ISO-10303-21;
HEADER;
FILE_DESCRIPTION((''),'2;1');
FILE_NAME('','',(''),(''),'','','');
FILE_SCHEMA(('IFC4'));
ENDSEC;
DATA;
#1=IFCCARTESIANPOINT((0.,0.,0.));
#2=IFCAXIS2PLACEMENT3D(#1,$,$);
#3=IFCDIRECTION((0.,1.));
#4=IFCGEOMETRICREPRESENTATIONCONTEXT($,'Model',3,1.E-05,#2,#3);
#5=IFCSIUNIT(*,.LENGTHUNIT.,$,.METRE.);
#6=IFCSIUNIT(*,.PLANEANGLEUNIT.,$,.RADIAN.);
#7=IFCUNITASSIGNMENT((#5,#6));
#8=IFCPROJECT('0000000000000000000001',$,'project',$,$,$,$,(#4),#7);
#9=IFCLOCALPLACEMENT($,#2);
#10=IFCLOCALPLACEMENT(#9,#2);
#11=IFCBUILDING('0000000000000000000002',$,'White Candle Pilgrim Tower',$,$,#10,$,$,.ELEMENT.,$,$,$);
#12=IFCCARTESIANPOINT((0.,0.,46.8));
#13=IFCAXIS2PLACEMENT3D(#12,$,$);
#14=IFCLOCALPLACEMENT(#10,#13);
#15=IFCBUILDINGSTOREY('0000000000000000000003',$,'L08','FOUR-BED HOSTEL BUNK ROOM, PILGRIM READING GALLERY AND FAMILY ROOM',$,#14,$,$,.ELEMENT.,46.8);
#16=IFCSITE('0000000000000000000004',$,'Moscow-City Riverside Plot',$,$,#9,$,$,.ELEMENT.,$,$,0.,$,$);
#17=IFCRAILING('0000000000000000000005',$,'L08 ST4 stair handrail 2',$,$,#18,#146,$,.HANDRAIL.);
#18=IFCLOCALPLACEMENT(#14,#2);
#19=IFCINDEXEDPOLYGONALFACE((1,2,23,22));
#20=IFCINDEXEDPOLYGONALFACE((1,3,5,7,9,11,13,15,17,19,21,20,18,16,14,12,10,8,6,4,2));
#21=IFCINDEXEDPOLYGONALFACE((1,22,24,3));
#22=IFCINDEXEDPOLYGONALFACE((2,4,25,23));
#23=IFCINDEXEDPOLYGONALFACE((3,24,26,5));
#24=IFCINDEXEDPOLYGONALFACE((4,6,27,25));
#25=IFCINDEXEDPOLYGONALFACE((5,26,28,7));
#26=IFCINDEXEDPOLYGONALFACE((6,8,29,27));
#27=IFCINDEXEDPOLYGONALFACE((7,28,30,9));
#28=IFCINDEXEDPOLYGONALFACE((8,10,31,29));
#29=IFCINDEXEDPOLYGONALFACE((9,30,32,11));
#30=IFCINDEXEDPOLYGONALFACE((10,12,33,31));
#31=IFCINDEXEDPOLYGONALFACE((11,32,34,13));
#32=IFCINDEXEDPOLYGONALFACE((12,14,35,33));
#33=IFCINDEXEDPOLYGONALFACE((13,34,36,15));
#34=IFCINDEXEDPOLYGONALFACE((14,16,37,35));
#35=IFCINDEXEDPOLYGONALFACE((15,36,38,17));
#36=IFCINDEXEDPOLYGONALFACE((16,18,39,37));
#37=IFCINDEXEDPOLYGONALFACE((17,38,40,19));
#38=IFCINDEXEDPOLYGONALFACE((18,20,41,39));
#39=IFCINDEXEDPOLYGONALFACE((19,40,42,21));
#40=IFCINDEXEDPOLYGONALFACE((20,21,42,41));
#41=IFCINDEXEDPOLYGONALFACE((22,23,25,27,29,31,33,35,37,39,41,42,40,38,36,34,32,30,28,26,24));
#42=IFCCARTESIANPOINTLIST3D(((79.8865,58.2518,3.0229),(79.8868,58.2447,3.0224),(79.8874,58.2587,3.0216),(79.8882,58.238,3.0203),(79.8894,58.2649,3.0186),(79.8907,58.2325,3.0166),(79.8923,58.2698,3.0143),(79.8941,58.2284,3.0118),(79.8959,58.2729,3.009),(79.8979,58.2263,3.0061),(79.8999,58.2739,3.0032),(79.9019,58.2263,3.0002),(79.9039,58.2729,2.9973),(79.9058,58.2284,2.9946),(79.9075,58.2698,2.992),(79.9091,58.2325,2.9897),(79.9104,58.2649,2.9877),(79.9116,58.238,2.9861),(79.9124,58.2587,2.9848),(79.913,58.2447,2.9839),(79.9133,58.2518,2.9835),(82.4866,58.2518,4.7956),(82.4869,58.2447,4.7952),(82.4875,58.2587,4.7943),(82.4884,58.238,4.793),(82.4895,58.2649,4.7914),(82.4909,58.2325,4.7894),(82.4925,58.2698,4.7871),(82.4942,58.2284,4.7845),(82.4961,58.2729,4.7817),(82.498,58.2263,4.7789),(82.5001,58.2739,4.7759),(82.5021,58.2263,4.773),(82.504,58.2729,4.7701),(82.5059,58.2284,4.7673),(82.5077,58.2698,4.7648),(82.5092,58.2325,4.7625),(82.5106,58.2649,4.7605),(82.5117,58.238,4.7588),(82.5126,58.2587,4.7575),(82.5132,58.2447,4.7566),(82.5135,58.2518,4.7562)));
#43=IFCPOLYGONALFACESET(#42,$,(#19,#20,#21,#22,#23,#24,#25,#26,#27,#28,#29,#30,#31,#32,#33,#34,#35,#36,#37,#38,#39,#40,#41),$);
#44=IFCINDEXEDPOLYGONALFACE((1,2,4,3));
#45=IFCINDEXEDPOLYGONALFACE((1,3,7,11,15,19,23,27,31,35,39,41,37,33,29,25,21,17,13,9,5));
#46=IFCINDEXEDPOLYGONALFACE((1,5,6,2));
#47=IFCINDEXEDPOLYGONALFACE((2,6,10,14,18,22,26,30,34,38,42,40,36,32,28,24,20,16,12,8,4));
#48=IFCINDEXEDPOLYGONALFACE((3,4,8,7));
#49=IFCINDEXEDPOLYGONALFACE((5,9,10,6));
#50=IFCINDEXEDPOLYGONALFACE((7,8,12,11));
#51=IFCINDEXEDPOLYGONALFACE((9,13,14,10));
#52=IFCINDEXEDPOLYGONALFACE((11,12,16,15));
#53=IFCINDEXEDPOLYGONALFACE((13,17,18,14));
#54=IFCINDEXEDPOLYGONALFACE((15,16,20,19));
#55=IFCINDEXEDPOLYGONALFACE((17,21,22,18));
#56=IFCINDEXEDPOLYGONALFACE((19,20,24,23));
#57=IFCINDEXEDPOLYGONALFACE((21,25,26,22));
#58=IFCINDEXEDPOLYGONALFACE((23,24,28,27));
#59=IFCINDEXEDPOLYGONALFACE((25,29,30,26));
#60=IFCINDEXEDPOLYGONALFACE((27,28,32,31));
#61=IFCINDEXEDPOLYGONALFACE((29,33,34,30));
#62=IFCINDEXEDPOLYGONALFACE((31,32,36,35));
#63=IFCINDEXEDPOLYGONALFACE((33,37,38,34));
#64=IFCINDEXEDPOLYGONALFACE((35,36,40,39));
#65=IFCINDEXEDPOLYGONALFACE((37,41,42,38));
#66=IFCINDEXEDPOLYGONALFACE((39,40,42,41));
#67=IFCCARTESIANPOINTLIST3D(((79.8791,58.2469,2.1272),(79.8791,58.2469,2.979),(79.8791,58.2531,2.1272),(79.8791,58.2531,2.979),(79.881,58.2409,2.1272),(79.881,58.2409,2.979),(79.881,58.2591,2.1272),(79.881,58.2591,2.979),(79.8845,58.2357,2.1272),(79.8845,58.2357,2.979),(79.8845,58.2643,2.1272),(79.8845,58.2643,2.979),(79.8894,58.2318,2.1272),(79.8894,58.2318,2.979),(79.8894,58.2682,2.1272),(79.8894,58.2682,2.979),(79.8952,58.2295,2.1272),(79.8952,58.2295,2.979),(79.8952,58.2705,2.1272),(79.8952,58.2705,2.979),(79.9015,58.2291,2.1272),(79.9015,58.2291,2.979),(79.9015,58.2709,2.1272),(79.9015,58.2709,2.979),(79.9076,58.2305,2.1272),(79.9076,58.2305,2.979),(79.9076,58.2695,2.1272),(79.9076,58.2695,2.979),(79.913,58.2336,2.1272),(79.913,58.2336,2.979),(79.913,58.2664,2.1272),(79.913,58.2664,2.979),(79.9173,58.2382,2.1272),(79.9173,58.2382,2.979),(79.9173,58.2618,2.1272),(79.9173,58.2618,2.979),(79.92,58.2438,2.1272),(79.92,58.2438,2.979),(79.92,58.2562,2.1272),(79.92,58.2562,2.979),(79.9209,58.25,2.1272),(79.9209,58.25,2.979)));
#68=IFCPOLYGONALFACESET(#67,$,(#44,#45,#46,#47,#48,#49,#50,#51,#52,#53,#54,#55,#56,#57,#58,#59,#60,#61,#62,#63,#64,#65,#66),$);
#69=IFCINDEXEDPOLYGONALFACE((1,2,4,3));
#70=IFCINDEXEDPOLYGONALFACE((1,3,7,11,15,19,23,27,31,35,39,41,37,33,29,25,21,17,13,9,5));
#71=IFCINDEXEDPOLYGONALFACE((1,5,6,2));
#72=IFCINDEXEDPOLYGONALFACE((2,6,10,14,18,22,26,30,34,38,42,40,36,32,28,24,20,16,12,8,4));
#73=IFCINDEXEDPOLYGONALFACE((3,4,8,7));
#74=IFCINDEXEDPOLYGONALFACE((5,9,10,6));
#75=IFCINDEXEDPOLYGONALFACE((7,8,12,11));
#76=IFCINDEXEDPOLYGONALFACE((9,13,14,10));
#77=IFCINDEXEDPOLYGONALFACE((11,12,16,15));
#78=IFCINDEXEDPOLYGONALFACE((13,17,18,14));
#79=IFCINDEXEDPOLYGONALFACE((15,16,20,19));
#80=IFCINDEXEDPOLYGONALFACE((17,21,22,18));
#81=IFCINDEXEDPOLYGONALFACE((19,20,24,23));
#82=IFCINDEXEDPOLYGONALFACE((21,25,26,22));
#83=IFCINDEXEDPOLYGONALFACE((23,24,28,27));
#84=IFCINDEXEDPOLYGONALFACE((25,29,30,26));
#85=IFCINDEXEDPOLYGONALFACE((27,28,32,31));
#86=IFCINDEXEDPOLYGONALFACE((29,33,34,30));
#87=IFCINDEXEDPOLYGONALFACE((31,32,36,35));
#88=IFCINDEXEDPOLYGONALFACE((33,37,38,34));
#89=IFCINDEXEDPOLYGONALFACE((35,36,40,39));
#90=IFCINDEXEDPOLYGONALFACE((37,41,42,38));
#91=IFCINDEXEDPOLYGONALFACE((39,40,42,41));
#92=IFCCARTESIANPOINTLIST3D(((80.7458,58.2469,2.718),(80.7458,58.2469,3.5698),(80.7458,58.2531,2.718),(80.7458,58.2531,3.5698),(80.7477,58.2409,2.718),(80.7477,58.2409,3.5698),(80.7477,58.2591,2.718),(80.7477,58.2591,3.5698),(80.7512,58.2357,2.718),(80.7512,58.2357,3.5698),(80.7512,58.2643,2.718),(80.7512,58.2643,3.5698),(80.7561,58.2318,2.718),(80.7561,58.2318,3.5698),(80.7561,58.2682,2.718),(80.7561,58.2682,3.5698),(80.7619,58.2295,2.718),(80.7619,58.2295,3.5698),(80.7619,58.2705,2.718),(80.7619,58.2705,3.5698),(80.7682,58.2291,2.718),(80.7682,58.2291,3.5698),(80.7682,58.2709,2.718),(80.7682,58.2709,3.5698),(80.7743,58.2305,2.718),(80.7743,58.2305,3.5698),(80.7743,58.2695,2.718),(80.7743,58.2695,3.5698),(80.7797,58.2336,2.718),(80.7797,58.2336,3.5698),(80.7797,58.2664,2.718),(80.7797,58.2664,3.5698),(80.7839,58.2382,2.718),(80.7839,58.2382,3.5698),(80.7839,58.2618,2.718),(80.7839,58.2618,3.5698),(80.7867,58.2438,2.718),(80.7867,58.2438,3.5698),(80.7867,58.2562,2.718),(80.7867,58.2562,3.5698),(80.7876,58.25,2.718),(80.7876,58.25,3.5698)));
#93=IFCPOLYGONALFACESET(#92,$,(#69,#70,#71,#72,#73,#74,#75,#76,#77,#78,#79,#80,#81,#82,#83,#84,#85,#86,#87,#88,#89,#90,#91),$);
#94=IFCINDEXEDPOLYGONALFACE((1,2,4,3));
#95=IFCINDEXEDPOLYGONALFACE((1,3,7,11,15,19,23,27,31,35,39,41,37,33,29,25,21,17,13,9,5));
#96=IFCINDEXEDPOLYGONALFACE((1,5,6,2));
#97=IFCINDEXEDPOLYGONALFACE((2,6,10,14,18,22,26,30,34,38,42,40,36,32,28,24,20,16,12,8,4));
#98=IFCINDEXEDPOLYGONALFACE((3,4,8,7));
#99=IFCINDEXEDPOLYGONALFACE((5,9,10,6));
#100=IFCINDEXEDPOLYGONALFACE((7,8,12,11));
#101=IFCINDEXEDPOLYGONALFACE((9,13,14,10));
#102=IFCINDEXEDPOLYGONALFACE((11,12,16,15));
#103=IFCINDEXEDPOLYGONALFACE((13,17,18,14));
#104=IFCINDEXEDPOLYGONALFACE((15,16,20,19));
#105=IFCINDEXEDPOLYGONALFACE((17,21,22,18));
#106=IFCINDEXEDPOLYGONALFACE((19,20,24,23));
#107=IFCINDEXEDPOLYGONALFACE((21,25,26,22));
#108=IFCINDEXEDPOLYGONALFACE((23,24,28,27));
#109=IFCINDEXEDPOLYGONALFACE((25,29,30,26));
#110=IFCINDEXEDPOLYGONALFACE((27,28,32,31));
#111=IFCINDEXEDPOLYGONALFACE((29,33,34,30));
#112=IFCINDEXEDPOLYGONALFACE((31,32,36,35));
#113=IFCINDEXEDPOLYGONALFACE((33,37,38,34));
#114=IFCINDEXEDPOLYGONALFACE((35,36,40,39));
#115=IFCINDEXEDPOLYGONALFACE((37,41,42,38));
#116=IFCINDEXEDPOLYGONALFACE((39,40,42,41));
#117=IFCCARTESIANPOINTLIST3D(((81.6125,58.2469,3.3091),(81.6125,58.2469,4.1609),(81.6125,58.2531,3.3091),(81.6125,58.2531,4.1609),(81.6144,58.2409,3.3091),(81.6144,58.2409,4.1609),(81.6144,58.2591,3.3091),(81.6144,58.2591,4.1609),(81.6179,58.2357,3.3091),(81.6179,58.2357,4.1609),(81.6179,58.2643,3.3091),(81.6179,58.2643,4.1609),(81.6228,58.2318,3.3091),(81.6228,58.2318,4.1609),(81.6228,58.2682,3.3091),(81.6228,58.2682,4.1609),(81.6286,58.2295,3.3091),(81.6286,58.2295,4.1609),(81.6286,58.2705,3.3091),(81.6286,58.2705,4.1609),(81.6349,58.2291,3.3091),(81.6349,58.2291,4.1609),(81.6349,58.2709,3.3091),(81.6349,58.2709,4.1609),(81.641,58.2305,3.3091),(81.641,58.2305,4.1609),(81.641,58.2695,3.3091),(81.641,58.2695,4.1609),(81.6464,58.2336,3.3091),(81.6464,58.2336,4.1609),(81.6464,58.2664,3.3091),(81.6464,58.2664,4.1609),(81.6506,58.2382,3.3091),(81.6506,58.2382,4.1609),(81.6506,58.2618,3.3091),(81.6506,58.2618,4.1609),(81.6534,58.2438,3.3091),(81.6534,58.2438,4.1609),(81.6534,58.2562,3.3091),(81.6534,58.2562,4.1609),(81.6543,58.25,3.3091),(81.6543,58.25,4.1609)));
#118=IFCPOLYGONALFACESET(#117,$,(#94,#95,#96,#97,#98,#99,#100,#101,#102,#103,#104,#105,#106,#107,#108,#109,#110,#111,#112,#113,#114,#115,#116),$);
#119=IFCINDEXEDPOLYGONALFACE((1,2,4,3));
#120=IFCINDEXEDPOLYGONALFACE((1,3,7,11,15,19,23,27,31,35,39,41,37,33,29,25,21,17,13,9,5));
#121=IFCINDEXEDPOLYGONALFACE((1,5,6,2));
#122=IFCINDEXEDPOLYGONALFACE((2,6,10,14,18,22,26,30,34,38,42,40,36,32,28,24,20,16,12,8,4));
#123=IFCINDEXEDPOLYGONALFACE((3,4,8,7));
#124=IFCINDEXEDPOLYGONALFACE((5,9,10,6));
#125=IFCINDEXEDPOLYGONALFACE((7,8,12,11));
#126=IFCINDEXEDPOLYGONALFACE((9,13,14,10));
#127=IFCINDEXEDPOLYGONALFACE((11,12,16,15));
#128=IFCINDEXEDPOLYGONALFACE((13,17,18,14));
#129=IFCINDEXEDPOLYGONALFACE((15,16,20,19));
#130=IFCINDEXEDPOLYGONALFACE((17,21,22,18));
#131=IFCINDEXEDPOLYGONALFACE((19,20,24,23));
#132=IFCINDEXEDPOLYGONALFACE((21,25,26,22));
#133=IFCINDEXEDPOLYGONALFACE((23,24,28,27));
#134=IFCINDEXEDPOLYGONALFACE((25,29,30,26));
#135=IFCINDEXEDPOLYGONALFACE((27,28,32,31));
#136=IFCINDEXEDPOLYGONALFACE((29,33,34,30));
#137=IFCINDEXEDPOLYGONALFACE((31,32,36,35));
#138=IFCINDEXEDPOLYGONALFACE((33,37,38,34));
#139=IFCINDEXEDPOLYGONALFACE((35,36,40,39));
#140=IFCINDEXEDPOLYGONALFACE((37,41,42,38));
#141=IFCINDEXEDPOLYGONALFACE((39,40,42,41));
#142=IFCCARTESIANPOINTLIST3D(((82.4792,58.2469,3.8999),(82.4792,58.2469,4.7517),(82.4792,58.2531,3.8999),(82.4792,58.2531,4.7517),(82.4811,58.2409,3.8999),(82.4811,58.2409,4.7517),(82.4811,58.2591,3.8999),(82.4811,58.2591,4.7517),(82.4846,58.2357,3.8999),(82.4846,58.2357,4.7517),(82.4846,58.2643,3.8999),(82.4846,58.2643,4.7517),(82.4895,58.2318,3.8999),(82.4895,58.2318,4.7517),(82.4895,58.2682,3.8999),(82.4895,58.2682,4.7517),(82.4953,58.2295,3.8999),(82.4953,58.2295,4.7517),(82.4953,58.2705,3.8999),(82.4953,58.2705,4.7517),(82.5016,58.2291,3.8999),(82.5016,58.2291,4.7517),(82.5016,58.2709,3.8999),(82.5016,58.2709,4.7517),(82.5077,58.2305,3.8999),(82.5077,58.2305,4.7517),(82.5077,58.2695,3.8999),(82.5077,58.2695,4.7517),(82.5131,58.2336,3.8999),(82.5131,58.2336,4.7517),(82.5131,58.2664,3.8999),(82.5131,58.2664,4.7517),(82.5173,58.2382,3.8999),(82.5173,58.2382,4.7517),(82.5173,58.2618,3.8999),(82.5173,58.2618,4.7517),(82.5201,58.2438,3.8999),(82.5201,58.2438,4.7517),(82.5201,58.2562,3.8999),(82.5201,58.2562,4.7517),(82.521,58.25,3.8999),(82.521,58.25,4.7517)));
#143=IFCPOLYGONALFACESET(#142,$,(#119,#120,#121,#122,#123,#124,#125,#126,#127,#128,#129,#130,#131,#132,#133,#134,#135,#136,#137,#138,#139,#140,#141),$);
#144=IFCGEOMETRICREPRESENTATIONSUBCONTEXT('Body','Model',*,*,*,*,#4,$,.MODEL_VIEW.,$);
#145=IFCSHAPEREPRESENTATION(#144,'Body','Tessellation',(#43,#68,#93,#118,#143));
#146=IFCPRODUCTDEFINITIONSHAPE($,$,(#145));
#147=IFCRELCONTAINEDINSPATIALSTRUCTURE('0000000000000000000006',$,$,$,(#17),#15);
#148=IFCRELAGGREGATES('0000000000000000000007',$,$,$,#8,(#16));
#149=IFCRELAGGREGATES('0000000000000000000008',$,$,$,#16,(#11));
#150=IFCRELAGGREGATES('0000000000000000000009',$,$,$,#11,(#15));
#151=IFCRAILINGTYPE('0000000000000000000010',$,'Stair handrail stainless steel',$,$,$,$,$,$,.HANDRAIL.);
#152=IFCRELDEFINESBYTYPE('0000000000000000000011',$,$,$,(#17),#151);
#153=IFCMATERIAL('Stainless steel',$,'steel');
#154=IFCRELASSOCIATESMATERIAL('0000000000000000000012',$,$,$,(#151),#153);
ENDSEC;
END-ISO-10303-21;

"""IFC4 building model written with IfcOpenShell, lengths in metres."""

from ifc_helpers import new_model, si_unit, direction, frame, origin, origin_2d, place, context, subcontext, project, spatial, circle, extrude, material, type_object, element, save


model = new_model("IFC4")

# Units and contexts
model_context = context("Model", 3, precision=1e-05, world=origin(), true_north=direction((0.0, 1.0)))
body_context = subcontext(model_context, "Body", "Model", "MODEL_VIEW")
ifc_project = project(units=[si_unit("LENGTHUNIT", "METRE"), si_unit("PLANEANGLEUNIT", "RADIAN")], contexts=[model_context])

# Site, building, storey
site_placement = place(None, origin())
site = spatial("IfcSite", under=ifc_project, at=site_placement, Name="Moscow-City Riverside Plot", CompositionType="ELEMENT", RefElevation=0.0)
building_placement = place(site_placement, origin())
building = spatial("IfcBuilding", under=site, at=building_placement, Name="White Candle Pilgrim Tower", CompositionType="ELEMENT")
storey_placement = place(building_placement, frame((0.0, 0.0, 46.8)))
storey = spatial("IfcBuildingStorey", under=building, at=storey_placement, Name="L08", Description="FOUR-BED HOSTEL BUNK ROOM, PILGRIM READING GALLERY AND FAMILY ROOM", CompositionType="ELEMENT", Elevation=46.8)

# Railing
ifc_material_1 = material(Name="Stainless steel", Category="steel")
railing_type_1 = type_object("IfcRailingType", Name="Stair handrail stainless steel", PredefinedType="HANDRAIL", material=ifc_material_1)
railing_1_placement = place(storey_placement, frame((79.8999, 58.25, 2.1272)))
element("IfcRailing", 1, at=railing_1_placement, inside=storey, type_object=railing_type_1, Name="L08 ST4 stair handrail 2", PredefinedType="HANDRAIL", context=body_context, shape_type="SweptSolid", body=[
    extrude(circle(Radius=0.0239, at=origin_2d()), frame((0.0, 0.0, 0.876), z_axis=(0.82624, 0.0, 0.563318), x_axis=(0.0, 1.0, 0.0)), (0.0, 0.0, 1.0), 3.147),
    extrude(circle(Radius=0.021, at=origin_2d()), origin(), (0.0, 0.0, 1.0), 0.8518),
    extrude(circle(Radius=0.021, at=origin_2d()), frame((0.8667, 0.0, 0.5908)), (0.0, 0.0, 1.0), 0.8518),
    extrude(circle(Radius=0.021, at=origin_2d()), frame((1.7334, 0.0, 1.1819)), (0.0, 0.0, 1.0), 0.8518),
    extrude(circle(Radius=0.021, at=origin_2d()), frame((2.6001, 0.0, 1.7727)), (0.0, 0.0, 1.0), 0.8518),
])

save(model, "model.ifc")
